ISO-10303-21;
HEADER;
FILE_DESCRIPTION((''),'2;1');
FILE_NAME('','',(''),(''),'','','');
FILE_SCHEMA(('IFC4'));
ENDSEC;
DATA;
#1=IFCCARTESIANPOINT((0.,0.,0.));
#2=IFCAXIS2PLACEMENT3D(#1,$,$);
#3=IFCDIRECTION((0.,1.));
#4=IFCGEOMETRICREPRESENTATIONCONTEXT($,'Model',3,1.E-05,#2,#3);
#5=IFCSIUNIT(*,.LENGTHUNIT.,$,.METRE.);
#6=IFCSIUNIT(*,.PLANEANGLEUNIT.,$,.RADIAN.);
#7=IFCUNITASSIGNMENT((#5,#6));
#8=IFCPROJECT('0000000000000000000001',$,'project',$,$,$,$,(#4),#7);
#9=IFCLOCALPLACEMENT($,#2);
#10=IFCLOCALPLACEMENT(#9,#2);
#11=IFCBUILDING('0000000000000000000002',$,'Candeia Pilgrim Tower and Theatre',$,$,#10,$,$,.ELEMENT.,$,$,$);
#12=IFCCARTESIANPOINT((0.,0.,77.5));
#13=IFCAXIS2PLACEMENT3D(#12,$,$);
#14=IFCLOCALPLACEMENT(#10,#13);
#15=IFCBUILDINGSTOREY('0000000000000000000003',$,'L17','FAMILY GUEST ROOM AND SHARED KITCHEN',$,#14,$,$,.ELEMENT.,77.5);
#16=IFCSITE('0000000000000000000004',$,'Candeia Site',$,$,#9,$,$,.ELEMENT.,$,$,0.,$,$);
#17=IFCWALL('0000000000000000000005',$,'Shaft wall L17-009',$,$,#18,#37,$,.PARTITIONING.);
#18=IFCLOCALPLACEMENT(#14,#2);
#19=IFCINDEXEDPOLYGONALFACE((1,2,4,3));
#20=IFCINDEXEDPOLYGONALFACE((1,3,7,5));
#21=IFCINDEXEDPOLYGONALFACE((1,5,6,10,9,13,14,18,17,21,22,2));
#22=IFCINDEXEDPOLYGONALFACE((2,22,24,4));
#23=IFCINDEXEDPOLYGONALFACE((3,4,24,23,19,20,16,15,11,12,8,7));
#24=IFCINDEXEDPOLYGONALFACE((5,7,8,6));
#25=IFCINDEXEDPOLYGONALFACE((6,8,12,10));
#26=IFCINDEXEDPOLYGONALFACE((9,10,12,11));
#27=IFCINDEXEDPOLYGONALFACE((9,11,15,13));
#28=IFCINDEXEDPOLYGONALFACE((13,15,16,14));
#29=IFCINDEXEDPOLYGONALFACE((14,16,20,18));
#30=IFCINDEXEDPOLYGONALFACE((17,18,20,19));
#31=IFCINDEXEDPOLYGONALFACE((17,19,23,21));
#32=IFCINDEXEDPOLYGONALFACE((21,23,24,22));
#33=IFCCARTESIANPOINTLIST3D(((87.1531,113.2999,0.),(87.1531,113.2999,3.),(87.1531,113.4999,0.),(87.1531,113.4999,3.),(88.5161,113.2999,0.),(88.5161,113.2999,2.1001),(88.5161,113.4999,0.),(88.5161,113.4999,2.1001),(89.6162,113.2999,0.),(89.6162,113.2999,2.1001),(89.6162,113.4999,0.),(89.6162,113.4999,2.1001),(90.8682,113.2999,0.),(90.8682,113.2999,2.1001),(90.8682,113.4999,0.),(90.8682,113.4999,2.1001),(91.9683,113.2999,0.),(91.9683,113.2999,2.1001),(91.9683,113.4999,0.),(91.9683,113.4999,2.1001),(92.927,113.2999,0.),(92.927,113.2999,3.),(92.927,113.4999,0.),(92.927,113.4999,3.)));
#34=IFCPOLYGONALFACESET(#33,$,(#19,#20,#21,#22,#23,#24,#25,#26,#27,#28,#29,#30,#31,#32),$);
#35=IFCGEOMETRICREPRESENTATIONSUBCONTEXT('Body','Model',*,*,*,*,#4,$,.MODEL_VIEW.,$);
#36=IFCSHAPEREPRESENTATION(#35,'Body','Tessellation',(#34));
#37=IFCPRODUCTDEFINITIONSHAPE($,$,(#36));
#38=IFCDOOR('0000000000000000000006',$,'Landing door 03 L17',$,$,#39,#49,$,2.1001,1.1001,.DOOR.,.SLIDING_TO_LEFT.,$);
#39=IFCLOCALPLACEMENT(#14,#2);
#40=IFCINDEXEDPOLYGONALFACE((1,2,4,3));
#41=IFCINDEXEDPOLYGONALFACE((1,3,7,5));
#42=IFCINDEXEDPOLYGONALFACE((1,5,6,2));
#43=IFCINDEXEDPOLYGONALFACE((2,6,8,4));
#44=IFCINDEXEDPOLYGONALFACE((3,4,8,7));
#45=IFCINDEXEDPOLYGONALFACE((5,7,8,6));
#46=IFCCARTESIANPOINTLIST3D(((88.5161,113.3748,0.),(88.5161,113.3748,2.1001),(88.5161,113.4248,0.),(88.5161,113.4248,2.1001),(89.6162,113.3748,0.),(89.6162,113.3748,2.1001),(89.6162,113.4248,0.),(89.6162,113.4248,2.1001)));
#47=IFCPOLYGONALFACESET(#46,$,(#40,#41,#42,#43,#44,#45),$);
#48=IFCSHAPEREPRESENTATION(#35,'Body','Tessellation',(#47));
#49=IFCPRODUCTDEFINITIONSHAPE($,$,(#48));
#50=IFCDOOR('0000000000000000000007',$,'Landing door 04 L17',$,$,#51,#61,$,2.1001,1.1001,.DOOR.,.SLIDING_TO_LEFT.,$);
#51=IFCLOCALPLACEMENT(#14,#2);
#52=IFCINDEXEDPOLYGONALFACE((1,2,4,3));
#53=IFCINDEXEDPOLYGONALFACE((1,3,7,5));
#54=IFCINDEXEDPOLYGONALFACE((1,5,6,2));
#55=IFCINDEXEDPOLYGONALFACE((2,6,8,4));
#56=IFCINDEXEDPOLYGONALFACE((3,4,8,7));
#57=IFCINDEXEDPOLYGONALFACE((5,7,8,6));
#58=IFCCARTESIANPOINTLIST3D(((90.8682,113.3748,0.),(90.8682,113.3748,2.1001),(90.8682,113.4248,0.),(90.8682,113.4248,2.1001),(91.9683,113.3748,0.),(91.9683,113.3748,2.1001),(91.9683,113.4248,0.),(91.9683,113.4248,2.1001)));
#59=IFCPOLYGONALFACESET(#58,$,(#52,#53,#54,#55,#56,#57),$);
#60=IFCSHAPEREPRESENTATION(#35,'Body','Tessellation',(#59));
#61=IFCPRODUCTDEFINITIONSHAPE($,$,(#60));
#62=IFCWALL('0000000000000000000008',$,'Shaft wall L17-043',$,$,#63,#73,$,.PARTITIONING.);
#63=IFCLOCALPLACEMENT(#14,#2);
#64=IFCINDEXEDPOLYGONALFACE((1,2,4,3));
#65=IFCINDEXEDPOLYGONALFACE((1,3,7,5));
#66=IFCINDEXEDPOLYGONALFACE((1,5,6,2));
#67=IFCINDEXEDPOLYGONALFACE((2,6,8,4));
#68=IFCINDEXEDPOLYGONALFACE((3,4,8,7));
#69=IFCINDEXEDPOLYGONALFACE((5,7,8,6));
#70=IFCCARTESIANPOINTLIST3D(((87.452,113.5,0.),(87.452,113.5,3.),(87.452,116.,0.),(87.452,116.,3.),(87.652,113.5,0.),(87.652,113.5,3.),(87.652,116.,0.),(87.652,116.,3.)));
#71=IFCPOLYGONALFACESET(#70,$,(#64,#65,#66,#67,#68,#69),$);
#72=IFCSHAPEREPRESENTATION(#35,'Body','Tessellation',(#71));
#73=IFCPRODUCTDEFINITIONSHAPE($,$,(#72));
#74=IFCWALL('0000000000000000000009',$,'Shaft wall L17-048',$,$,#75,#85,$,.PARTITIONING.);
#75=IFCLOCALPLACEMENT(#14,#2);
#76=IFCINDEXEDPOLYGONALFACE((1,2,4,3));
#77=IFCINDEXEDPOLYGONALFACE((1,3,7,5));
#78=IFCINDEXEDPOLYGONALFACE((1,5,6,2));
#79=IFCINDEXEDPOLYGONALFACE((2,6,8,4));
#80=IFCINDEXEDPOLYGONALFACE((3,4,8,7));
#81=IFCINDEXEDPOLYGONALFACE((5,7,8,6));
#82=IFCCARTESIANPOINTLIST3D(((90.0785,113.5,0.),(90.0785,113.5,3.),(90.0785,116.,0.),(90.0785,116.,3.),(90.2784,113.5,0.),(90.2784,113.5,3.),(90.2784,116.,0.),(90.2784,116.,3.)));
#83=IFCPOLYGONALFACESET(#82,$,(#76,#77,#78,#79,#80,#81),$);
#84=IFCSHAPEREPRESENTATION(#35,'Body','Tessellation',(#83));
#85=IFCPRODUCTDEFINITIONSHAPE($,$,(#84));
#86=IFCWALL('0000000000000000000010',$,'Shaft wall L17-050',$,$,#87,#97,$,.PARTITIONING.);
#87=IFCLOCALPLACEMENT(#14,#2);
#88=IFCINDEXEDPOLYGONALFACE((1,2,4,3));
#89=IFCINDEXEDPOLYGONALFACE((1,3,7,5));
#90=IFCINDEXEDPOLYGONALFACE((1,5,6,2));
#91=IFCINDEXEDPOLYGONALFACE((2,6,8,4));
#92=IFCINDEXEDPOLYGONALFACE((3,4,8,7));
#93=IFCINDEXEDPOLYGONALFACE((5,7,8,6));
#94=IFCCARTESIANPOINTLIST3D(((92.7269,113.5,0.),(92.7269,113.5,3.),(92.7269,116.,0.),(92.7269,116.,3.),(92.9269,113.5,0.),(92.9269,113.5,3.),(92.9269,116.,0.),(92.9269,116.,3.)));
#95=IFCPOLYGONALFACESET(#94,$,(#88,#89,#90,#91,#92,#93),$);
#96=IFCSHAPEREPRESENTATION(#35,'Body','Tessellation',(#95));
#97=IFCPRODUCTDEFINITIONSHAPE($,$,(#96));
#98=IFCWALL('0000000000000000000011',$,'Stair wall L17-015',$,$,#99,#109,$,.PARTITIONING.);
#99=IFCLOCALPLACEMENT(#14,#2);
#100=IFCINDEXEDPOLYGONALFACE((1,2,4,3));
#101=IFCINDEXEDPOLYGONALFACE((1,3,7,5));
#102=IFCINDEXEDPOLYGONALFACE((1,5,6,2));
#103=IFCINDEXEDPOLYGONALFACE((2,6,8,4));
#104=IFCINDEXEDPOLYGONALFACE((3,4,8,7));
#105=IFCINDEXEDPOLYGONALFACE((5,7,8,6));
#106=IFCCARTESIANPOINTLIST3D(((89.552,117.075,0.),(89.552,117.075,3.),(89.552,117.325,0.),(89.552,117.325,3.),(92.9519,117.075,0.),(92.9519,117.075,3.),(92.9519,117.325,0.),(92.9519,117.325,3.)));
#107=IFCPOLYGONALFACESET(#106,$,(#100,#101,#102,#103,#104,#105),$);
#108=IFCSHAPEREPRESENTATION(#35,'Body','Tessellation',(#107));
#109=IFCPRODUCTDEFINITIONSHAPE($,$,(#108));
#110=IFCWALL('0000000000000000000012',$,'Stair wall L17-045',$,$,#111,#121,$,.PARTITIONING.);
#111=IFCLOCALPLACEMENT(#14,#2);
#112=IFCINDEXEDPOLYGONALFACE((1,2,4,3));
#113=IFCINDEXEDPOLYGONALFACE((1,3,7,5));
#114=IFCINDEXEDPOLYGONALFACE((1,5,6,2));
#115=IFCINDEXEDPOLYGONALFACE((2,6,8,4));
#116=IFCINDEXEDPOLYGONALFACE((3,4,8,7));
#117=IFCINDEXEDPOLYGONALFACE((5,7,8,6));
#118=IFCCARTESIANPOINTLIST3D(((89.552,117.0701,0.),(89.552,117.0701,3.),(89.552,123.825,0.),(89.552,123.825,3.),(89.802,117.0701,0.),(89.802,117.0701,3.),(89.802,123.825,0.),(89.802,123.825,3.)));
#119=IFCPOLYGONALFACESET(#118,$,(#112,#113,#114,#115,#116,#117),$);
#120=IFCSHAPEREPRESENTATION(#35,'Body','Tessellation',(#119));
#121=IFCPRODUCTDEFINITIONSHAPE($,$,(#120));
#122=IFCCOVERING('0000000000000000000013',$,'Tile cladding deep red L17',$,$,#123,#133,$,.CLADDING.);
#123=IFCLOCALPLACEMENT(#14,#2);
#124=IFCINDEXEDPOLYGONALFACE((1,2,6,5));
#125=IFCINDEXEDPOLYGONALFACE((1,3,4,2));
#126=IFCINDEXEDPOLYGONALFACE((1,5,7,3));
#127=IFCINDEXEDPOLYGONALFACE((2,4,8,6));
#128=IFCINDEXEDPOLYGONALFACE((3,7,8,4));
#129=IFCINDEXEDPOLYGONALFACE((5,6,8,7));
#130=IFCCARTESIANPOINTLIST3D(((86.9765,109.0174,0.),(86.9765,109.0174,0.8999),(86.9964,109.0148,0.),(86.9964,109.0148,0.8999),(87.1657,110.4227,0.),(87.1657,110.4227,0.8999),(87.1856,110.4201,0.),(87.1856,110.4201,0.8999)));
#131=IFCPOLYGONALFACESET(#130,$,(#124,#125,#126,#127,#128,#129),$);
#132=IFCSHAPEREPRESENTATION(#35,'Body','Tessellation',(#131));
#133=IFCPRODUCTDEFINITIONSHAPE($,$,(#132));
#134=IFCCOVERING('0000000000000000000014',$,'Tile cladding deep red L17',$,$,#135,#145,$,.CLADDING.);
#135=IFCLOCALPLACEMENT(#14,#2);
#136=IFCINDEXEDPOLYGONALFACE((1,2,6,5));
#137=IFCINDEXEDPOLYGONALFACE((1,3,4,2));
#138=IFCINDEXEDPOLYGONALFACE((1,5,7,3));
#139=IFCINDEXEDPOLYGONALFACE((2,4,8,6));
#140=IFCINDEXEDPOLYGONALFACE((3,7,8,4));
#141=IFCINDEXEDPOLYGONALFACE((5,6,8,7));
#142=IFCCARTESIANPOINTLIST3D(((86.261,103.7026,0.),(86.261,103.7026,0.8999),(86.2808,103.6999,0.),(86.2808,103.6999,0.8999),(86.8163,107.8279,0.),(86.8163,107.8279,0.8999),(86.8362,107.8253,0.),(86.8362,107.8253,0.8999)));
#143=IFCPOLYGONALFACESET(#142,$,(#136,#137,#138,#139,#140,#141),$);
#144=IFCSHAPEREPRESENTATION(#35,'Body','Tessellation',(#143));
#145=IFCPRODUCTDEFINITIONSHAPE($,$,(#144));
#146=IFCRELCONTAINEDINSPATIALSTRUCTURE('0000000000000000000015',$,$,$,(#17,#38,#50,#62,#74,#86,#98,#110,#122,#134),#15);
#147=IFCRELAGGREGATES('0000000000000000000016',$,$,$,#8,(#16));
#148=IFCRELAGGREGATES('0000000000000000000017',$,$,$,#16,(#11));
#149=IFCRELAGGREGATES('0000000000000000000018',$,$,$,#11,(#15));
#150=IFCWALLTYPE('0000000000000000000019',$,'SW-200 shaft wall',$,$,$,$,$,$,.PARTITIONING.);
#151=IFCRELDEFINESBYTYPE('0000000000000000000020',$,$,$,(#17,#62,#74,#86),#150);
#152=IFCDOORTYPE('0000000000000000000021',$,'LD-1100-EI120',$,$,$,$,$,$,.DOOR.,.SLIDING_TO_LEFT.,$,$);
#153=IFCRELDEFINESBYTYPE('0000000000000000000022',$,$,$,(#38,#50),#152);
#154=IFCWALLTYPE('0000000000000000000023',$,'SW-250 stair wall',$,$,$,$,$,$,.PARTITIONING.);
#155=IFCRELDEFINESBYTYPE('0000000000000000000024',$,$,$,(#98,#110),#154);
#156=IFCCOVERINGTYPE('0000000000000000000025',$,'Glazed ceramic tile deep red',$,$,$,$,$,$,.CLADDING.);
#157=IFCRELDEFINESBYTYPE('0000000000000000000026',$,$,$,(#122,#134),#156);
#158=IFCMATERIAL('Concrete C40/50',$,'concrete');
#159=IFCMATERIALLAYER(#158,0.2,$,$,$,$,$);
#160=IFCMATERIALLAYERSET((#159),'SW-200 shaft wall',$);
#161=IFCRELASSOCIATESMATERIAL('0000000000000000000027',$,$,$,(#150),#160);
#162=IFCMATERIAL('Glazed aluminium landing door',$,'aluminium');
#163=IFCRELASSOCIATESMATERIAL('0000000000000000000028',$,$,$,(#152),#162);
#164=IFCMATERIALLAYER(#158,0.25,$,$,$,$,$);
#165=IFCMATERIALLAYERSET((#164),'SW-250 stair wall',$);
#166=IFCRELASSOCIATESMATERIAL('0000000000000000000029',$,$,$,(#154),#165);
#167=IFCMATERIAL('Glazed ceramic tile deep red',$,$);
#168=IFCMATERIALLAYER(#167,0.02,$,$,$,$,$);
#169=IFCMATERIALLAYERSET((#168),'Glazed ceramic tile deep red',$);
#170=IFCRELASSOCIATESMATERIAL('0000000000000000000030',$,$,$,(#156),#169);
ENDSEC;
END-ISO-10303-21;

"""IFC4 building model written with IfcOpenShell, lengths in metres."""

from ifc_helpers import new_model, si_unit, direction, frame, frame_2d, origin, origin_2d, place, context, subcontext, project, spatial, rectangle, extrude, material, layer, layer_set, type_object, element, fill, save


model = new_model("IFC4")

# Units and contexts
model_context = context("Model", 3, precision=1e-05, world=origin(), true_north=direction((0.0, 1.0)))
body_context = subcontext(model_context, "Body", "Model", "MODEL_VIEW")
ifc_project = project(units=[si_unit("LENGTHUNIT", "METRE"), si_unit("PLANEANGLEUNIT", "RADIAN")], contexts=[model_context])

# Site, building, storey
site_placement = place(None, origin())
site = spatial("IfcSite", under=ifc_project, at=site_placement, Name="Candeia Site", CompositionType="ELEMENT", RefElevation=0.0)
building_placement = place(site_placement, origin())
building = spatial("IfcBuilding", under=site, at=building_placement, Name="Candeia Pilgrim Tower and Theatre", CompositionType="ELEMENT")
storey_placement = place(building_placement, frame((0.0, 0.0, 77.5)))
storey = spatial("IfcBuildingStorey", under=building, at=storey_placement, Name="L17", Description="FAMILY GUEST ROOM AND SHARED KITCHEN", CompositionType="ELEMENT", Elevation=77.5)

# Wall, openings, doors
ifc_material_1 = material(Name="Concrete C40/50", Category="concrete")
ifc_layer_1 = layer(ifc_material_1, 0.2)
ifc_layer_set_1 = layer_set([ifc_layer_1], Name="SW-200 shaft wall")
wall_type_1 = type_object("IfcWallType", Name="SW-200 shaft wall", PredefinedType="PARTITIONING", material=ifc_layer_set_1)
wall_1_placement = place(storey_placement, frame((87.1531, 113.3999, 0.0), z_axis=(0.0, 0.0, 1.0), x_axis=(1.0, 0.0, 0.0)))
wall_1 = element("IfcWall", 1, at=wall_1_placement, inside=storey, type_object=wall_type_1, Name="Shaft wall L17-009", PredefinedType="PARTITIONING", context=body_context, shape_type="SweptSolid", body=[
    extrude(rectangle(XDim=5.7739, YDim=0.2, at=frame_2d((2.887, 0.0))), origin(), (0.0, 0.0, 1.0), 3.0),
])
opening_1_placement = place(wall_1_placement, frame((1.363, 0.0, 0.0)))
opening_1 = element("IfcOpeningElement", 2, at=opening_1_placement, cuts=wall_1, PredefinedType="OPENING", context=body_context, shape_type="SweptSolid", body=[
    extrude(rectangle(XDim=1.1001, YDim=2.1001, at=frame_2d((0.55, 1.05))), frame((0.0, 0.1099, 0.0), z_axis=(0.0, -1.0, 0.0), x_axis=(1.0, 0.0, 0.0)), (0.0, 0.0, 1.0), 0.22),
])
opening_2_placement = place(wall_1_placement, frame((3.7151, 0.0, 0.0)))
opening_2 = element("IfcOpeningElement", 3, at=opening_2_placement, cuts=wall_1, PredefinedType="OPENING", context=body_context, shape_type="SweptSolid", body=[
    extrude(rectangle(XDim=1.1001, YDim=2.1001, at=frame_2d((0.55, 1.05))), frame((0.0, 0.1099, 0.0), z_axis=(0.0, -1.0, 0.0), x_axis=(1.0, 0.0, 0.0)), (0.0, 0.0, 1.0), 0.22),
])
ifc_material_2 = material(Name="Glazed aluminium landing door", Category="aluminium")
door_type_1 = type_object("IfcDoorType", Name="LD-1100-EI120", OperationType="SLIDING_TO_LEFT", PredefinedType="DOOR", material=ifc_material_2)
door_1_placement = place(opening_1_placement, origin())
door_1 = element("IfcDoor", 4, at=door_1_placement, inside=storey, type_object=door_type_1, Name="Landing door 03 L17", OperationType="SLIDING_TO_LEFT", OverallHeight=2.1001, OverallWidth=1.1001, PredefinedType="DOOR", context=body_context, shape_type="SweptSolid", body=[
    extrude(rectangle(XDim=1.1001, YDim=2.1001, at=frame_2d((0.55, 1.05))), frame((0.0, 0.0249, 0.0), z_axis=(0.0, -1.0, 0.0), x_axis=(1.0, 0.0, 0.0)), (0.0, 0.0, 1.0), 0.05),
])
fill(opening_1, door_1)
door_2_placement = place(opening_2_placement, origin())
door_2 = element("IfcDoor", 5, at=door_2_placement, inside=storey, type_object=door_type_1, Name="Landing door 04 L17", OperationType="SLIDING_TO_LEFT", OverallHeight=2.1001, OverallWidth=1.1001, PredefinedType="DOOR", context=body_context, shape_type="SweptSolid", body=[
    extrude(rectangle(XDim=1.1001, YDim=2.1001, at=frame_2d((0.55, 1.05))), frame((0.0, 0.0249, 0.0), z_axis=(0.0, -1.0, 0.0), x_axis=(1.0, 0.0, 0.0)), (0.0, 0.0, 1.0), 0.05),
])
fill(opening_2, door_2)

# Walls
for number, where, z_axis, x_axis, name in (
    (6, (87.552, 113.5, 0.0), (0.0, 0.0, 1.0), (0.0, 1.0, 0.0), "Shaft wall L17-043"),
    (7, (90.1785, 113.5, 0.0), (0.0, 0.0, 1.0), (0.0, 1.0, 0.0), "Shaft wall L17-048"),
    (8, (92.8269, 113.5, 0.0), (0.0, 0.0, 1.0), (0.0, 1.0, 0.0), "Shaft wall L17-050"),
):
    element("IfcWall", number, at=place(storey_placement, frame(where, z_axis=z_axis, x_axis=x_axis)), inside=storey, type_object=wall_type_1, Name=name, PredefinedType="PARTITIONING", context=body_context, shape_type="SweptSolid", body=[
        extrude(rectangle(XDim=2.5, YDim=0.2, at=frame_2d((1.25, 0.0))), origin(), (0.0, 0.0, 1.0), 3.0),
    ])
ifc_layer_2 = layer(ifc_material_1, 0.25)
ifc_layer_set_2 = layer_set([ifc_layer_2], Name="SW-250 stair wall")
wall_type_2 = type_object("IfcWallType", Name="SW-250 stair wall", PredefinedType="PARTITIONING", material=ifc_layer_set_2)
wall_2_placement = place(storey_placement, frame((89.552, 117.2, 0.0), z_axis=(0.0, 0.0, 1.0), x_axis=(1.0, 0.0, 0.0)))
element("IfcWall", 9, at=wall_2_placement, inside=storey, type_object=wall_type_2, Name="Stair wall L17-015", PredefinedType="PARTITIONING", context=body_context, shape_type="SweptSolid", body=[
    extrude(rectangle(XDim=3.3999, YDim=0.25, at=frame_2d((1.7, 0.0))), origin(), (0.0, 0.0, 1.0), 3.0),
])
wall_3_placement = place(storey_placement, frame((89.677, 117.0701, 0.0), z_axis=(0.0, 0.0, 1.0), x_axis=(0.0, 1.0, 0.0)))
element("IfcWall", 10, at=wall_3_placement, inside=storey, type_object=wall_type_2, Name="Stair wall L17-045", PredefinedType="PARTITIONING", context=body_context, shape_type="SweptSolid", body=[
    extrude(rectangle(XDim=6.7549, YDim=0.25, at=frame_2d((3.3774, 0.0))), origin(), (0.0, 0.0, 1.0), 3.0),
])

# Coverings
ifc_material_3 = material(Name="Glazed ceramic tile deep red")
ifc_layer_3 = layer(ifc_material_3, 0.02)
ifc_layer_set_3 = layer_set([ifc_layer_3], Name="Glazed ceramic tile deep red")
covering_type = type_object("IfcCoveringType", Name="Glazed ceramic tile deep red", PredefinedType="CLADDING", material=ifc_layer_set_3)
covering_1_placement = place(storey_placement, frame((87.0811, 109.7188, 0.0), z_axis=(0.0, 0.0, 1.0), x_axis=(-0.133412, -0.991061, 0.0)))
element("IfcCovering", 11, at=covering_1_placement, inside=storey, type_object=covering_type, Name="Tile cladding deep red L17", PredefinedType="CLADDING", context=body_context, shape_type="SweptSolid", body=[
    extrude(rectangle(XDim=1.418, YDim=0.02, at=origin_2d()), origin(), (0.0, 0.0, 1.0), 0.8999),
])
covering_2_placement = place(storey_placement, frame((86.5486, 105.7639, 0.0), z_axis=(0.0, 0.0, 1.0), x_axis=(-0.133412, -0.991061, 0.0)))
element("IfcCovering", 12, at=covering_2_placement, inside=storey, type_object=covering_type, Name="Tile cladding deep red L17", PredefinedType="CLADDING", context=body_context, shape_type="SweptSolid", body=[
    extrude(rectangle(XDim=4.1626, YDim=0.02, at=origin_2d()), origin(), (0.0, 0.0, 1.0), 0.8999),
])

save(model, "model.ifc")
